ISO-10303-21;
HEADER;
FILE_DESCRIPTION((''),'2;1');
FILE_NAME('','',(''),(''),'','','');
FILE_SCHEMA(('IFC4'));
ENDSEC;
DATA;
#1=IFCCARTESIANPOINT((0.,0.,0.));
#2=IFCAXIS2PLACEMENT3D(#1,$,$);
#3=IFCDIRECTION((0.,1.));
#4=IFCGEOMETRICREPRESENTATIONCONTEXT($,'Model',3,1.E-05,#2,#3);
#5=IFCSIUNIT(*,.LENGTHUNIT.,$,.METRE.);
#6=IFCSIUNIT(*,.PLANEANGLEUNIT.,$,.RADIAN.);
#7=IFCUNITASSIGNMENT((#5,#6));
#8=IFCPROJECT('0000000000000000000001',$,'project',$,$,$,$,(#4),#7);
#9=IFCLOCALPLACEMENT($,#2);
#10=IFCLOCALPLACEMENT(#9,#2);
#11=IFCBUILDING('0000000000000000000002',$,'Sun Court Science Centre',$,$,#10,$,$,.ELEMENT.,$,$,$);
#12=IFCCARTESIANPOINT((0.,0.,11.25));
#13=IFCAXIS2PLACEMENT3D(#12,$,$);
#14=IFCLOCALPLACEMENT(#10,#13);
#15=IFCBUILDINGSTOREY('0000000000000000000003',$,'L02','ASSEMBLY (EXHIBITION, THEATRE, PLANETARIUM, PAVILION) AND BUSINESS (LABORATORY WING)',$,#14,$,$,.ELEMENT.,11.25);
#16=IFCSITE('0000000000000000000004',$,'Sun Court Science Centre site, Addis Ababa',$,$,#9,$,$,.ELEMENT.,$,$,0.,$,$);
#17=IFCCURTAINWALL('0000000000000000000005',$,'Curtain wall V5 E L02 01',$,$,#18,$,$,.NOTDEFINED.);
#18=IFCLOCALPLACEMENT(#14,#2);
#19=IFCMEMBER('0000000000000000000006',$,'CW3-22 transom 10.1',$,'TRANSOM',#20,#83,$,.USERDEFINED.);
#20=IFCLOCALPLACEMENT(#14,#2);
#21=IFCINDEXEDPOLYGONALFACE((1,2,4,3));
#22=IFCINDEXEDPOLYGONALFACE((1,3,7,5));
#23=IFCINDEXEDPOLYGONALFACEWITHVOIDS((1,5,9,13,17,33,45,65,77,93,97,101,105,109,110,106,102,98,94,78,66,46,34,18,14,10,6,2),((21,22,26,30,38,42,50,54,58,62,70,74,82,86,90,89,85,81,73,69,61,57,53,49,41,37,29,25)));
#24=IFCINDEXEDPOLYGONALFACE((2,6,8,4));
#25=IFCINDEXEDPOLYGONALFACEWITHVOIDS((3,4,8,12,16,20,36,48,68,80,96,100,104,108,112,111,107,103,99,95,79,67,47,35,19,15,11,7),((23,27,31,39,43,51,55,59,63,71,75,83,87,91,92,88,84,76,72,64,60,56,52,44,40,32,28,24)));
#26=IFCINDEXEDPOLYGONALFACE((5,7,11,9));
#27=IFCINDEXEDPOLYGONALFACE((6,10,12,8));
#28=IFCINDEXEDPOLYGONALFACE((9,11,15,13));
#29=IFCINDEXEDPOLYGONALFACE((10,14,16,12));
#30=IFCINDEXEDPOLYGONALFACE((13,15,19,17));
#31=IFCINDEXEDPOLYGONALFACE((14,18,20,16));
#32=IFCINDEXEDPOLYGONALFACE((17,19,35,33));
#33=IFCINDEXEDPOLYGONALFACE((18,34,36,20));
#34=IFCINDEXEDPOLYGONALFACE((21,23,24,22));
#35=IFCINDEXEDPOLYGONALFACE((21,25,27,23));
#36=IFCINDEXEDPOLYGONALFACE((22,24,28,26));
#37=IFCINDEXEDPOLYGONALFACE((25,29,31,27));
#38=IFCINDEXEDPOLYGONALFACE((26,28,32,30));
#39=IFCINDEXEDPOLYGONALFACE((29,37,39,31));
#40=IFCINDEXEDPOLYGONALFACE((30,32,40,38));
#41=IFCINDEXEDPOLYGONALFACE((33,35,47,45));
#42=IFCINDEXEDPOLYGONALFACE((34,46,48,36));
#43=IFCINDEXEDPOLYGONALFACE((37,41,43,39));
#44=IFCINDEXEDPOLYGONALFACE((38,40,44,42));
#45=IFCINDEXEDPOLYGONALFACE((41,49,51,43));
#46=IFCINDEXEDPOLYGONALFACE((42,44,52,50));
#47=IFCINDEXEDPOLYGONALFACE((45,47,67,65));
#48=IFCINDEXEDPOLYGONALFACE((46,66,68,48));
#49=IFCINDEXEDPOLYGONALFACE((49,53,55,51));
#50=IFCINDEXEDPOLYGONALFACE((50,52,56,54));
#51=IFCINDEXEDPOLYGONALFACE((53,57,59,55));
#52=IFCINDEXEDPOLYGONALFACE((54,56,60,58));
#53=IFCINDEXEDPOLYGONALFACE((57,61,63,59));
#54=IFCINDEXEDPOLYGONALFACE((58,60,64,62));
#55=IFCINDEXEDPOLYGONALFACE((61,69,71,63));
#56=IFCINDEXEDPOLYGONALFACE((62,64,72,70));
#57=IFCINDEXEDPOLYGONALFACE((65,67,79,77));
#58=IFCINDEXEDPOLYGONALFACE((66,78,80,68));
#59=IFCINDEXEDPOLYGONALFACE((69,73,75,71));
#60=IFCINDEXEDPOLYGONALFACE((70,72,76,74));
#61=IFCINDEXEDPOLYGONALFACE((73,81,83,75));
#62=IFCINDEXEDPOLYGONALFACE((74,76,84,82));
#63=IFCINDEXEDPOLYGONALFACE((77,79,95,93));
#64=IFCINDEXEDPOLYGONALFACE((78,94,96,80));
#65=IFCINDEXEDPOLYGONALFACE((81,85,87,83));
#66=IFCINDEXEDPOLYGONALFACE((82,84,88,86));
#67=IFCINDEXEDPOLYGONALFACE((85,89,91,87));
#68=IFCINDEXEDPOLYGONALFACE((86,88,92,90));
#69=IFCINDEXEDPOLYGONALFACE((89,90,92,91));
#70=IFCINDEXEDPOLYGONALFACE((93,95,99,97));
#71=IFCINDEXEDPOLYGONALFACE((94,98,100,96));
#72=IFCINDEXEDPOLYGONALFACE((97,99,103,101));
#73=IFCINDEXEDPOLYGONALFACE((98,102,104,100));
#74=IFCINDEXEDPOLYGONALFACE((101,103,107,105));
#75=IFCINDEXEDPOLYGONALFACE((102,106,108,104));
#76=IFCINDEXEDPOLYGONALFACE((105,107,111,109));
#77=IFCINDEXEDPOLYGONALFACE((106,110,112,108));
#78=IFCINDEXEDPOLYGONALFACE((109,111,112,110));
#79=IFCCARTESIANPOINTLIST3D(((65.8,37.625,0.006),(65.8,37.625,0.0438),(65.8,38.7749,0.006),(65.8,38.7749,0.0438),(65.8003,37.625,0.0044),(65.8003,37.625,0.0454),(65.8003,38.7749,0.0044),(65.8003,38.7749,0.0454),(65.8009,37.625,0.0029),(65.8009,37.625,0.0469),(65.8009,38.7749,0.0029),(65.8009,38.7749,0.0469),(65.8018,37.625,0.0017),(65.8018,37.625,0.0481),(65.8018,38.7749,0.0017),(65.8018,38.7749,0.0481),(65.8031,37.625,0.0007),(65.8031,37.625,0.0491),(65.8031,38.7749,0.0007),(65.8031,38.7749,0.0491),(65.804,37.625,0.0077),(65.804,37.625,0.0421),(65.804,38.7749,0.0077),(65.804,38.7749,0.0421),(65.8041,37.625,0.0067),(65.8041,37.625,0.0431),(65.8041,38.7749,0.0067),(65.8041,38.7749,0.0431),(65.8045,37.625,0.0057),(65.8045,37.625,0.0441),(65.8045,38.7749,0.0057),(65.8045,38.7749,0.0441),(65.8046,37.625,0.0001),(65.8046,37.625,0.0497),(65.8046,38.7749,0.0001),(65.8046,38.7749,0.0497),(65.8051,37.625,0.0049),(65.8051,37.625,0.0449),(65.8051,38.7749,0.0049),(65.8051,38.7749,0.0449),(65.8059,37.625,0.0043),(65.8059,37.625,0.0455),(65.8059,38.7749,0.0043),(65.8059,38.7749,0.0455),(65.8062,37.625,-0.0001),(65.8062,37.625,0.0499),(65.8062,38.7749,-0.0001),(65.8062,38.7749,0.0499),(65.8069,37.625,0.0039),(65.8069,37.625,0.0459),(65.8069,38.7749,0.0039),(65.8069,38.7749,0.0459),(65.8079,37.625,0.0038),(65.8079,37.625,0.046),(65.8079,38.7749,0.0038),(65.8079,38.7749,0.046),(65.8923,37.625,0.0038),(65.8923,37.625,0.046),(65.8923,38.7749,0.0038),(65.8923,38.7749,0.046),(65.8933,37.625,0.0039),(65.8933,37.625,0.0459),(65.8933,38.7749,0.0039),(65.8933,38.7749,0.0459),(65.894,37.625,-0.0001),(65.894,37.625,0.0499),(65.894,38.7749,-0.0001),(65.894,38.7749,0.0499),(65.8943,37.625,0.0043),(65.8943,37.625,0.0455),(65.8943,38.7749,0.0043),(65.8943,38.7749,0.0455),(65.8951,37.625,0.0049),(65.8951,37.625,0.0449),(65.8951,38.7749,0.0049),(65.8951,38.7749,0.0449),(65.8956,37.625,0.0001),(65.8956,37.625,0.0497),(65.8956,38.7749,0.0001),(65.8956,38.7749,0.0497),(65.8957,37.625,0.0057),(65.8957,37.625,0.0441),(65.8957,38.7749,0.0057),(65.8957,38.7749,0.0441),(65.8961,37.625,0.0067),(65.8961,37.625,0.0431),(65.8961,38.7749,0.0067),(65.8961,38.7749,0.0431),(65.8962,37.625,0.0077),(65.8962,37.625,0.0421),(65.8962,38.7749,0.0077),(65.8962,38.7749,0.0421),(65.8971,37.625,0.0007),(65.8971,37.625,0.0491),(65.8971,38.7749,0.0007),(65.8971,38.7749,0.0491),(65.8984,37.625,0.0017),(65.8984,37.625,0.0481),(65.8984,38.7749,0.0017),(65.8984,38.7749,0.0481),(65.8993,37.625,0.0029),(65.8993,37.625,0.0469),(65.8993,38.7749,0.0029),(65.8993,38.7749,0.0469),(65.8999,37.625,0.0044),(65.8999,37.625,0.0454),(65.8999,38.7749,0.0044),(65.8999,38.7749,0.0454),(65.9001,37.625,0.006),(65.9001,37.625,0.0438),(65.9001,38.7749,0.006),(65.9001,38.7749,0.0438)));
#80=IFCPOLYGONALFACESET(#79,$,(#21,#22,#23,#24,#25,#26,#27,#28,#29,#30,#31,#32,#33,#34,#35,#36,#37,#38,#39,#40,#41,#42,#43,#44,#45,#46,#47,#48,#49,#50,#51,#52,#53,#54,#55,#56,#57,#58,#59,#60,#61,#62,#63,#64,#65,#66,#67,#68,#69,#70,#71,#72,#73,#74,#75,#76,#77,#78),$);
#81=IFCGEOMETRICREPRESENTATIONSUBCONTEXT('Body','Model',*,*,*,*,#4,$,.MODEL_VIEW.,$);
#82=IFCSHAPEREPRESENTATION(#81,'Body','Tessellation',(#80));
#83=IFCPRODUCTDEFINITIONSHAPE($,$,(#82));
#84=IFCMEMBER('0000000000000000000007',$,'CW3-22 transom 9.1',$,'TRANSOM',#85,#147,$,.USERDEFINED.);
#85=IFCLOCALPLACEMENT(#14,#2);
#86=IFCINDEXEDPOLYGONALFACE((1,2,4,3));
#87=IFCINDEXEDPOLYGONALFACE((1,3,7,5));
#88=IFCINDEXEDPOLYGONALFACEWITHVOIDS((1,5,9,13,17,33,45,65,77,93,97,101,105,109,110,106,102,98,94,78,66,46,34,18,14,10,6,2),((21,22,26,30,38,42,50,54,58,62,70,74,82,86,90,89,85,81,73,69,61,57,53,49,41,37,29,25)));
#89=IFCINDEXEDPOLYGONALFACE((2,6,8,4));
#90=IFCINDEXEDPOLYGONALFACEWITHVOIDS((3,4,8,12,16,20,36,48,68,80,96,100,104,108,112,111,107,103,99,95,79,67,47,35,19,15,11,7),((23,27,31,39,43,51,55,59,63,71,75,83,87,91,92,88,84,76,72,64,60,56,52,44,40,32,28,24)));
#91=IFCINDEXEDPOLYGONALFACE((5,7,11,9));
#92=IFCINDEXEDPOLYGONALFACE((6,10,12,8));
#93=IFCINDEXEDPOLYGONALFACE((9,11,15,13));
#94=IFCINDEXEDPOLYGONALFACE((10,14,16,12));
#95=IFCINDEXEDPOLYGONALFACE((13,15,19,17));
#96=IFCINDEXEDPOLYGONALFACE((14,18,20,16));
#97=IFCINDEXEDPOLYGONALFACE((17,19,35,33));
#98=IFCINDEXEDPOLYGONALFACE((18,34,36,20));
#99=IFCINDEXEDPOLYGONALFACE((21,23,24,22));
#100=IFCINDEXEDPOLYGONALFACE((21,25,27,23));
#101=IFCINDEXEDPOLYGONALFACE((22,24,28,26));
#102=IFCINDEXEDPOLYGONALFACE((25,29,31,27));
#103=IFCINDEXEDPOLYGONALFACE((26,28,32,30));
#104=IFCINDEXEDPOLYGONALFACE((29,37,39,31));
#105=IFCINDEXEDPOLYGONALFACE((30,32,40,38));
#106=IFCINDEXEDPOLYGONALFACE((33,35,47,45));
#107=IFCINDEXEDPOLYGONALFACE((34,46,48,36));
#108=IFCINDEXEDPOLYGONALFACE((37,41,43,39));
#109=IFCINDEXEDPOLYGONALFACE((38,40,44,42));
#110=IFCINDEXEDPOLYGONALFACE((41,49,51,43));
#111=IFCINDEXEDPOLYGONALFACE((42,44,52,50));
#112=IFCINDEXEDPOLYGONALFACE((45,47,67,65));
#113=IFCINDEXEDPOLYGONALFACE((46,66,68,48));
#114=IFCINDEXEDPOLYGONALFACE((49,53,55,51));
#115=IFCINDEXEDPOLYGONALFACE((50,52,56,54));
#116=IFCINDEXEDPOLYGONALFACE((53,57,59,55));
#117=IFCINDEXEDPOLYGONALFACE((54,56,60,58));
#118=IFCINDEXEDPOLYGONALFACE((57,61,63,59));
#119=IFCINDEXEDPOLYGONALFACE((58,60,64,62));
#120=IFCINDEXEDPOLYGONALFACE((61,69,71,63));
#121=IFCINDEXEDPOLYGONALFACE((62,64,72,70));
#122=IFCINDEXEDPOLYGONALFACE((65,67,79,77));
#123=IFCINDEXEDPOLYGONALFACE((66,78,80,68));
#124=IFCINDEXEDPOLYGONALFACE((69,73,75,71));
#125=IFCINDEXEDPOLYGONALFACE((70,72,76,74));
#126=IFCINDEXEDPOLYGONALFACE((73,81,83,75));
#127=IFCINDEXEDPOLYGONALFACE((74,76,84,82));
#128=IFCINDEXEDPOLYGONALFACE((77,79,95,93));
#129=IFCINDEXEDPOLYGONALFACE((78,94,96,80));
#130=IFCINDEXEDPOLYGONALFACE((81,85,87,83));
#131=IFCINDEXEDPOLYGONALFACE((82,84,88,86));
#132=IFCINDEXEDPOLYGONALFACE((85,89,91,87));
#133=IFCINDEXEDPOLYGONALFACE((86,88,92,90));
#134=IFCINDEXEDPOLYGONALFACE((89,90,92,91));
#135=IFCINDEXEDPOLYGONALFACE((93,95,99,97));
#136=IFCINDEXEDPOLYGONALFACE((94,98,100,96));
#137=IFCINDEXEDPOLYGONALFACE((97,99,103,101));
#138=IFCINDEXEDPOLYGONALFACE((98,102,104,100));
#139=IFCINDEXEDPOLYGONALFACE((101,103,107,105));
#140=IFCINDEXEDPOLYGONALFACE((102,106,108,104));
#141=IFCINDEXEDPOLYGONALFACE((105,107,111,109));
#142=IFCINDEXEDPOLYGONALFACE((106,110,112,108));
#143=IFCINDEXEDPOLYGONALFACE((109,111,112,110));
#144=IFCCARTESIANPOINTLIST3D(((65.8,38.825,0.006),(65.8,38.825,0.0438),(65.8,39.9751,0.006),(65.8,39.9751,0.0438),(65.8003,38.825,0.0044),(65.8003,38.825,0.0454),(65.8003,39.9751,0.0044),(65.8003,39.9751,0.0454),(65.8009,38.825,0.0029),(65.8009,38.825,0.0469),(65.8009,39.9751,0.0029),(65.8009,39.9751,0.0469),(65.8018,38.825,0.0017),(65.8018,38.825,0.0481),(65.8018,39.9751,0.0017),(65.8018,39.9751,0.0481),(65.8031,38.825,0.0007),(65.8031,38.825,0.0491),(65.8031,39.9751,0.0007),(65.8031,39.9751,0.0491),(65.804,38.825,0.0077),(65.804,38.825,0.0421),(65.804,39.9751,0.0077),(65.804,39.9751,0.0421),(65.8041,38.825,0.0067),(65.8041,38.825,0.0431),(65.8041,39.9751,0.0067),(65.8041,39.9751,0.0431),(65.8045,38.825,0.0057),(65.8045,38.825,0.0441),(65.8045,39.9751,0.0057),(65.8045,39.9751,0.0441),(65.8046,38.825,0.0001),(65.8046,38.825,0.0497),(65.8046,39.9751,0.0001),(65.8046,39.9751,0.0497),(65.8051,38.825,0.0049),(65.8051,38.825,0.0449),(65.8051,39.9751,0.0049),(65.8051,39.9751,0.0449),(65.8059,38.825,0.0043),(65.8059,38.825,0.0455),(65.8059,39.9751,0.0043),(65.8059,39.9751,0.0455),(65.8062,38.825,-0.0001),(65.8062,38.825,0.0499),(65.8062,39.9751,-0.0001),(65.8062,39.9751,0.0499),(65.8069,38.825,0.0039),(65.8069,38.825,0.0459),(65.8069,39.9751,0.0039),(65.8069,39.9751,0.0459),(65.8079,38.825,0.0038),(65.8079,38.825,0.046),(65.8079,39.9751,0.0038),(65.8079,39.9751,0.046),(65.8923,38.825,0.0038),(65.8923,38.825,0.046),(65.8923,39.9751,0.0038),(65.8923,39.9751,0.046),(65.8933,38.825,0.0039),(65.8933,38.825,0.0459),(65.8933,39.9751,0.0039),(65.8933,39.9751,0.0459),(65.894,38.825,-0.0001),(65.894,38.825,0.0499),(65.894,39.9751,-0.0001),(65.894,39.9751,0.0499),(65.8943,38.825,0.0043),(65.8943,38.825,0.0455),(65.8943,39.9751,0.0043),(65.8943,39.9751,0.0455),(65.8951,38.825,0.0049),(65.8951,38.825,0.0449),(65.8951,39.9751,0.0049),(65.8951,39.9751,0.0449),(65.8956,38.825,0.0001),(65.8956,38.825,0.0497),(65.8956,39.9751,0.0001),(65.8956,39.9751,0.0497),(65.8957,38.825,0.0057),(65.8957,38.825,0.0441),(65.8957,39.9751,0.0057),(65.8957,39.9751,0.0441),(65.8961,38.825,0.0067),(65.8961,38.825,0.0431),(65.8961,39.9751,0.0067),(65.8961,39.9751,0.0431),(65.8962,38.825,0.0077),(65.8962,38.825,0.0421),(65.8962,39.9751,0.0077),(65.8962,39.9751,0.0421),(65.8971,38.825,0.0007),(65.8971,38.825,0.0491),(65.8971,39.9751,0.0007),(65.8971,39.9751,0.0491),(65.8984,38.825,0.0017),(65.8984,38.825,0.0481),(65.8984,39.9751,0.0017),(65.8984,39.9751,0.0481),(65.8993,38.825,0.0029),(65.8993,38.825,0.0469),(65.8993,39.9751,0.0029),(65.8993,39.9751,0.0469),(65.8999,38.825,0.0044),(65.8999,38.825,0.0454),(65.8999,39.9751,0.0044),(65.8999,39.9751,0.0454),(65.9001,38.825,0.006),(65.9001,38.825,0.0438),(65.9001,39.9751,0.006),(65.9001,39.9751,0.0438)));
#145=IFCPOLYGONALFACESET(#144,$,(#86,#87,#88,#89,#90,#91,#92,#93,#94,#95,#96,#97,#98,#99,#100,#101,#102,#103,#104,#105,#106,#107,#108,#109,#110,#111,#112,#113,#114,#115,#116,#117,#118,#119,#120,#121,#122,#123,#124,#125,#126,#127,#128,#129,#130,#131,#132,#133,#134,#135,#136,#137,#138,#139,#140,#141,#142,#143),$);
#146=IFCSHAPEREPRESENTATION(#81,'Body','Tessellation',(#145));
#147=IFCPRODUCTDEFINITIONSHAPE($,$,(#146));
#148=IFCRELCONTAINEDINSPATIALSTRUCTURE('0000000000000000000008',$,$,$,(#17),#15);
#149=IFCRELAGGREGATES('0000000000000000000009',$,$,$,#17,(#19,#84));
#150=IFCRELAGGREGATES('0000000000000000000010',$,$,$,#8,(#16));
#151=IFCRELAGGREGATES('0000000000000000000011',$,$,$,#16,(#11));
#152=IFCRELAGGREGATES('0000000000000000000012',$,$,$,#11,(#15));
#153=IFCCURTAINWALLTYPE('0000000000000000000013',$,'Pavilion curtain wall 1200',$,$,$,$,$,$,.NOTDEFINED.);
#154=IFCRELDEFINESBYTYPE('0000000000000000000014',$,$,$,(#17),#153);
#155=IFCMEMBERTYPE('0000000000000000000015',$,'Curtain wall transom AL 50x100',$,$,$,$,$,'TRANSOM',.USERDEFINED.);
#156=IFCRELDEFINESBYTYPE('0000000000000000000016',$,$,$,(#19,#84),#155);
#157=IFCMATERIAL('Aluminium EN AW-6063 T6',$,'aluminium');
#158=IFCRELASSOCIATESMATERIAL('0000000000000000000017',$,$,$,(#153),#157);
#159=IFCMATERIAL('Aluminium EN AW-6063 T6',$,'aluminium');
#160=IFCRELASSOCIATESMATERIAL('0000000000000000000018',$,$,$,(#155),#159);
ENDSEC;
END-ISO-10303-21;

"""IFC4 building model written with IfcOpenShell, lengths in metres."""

from ifc_helpers import new_model, si_unit, direction, frame, origin, origin_2d, place, context, subcontext, project, spatial, hollow_rectangle, extrude, material, material_profile, profile_set, type_object, element, aggregate, save


model = new_model("IFC4")

# Units and contexts
model_context = context("Model", 3, precision=1e-05, world=origin(), true_north=direction((0.0, 1.0)))
body_context = subcontext(model_context, "Body", "Model", "MODEL_VIEW")
ifc_project = project(units=[si_unit("LENGTHUNIT", "METRE"), si_unit("PLANEANGLEUNIT", "RADIAN")], contexts=[model_context])

# Site, building, storey
site_placement = place(None, origin())
site = spatial("IfcSite", under=ifc_project, at=site_placement, Name="Sun Court Science Centre site, Addis Ababa", CompositionType="ELEMENT", RefElevation=0.0)
building_placement = place(site_placement, origin())
building = spatial("IfcBuilding", under=site, at=building_placement, Name="Sun Court Science Centre", CompositionType="ELEMENT")
storey_placement = place(building_placement, frame((0.0, 0.0, 11.25)))
storey = spatial("IfcBuildingStorey", under=building, at=storey_placement, Name="L02", Description="ASSEMBLY (EXHIBITION, THEATRE, PLANETARIUM, PAVILION) AND BUSINESS (LABORATORY WING)", CompositionType="ELEMENT", Elevation=11.25)

# Curtain wall, members
ifc_material_1 = material(Name="Aluminium EN AW-6063 T6", Category="aluminium")
curtain_wall_type = type_object("IfcCurtainWallType", Name="Pavilion curtain wall 1200", PredefinedType="NOTDEFINED", material=ifc_material_1)
curtain_wall_placement = place(storey_placement, origin())
curtain_wall = element("IfcCurtainWall", 1, at=curtain_wall_placement, inside=storey, type_object=curtain_wall_type, Name="Curtain wall V5 E L02 01", PredefinedType="NOTDEFINED")
ifc_material_2 = material(Name="Aluminium EN AW-6063 T6", Category="aluminium")
ifc_material_profile_1 = material_profile(ifc_material_2, hollow_rectangle(XDim=0.05, YDim=0.1001, WallThickness=0.0039, InnerFilletRadius=0.0039, OuterFilletRadius=0.0061, at=origin_2d()), Name="AL 50x100x4")
ifc_profile_set_1 = profile_set([ifc_material_profile_1], Name="Aluminium EN AW-6063 T6")
member_type_1 = type_object("IfcMemberType", Name="Curtain wall transom AL 50x100", ElementType="TRANSOM", PredefinedType="USERDEFINED", material=ifc_profile_set_1)
member_1_placement = place(storey_placement, frame((65.8501, 38.7749, 0.0249), z_axis=(0.0, -1.0, 0.0), x_axis=(0.0, 0.0, 1.0)))
member_1 = element("IfcMember", 2, at=member_1_placement, type_object=member_type_1, Name="CW3-22 transom 10.1", ObjectType="TRANSOM", PredefinedType="USERDEFINED", context=body_context, shape_type="SweptSolid", body=[
    extrude(hollow_rectangle(XDim=0.05, YDim=0.1001, WallThickness=0.0039, InnerFilletRadius=0.0039, OuterFilletRadius=0.0061, at=origin_2d()), origin(), (0.0, 0.0, 1.0), 1.1499),
])
member_2_placement = place(storey_placement, frame((65.8501, 39.9751, 0.0249), z_axis=(0.0, -1.0, 0.0), x_axis=(0.0, 0.0, 1.0)))
member_2 = element("IfcMember", 3, at=member_2_placement, type_object=member_type_1, Name="CW3-22 transom 9.1", ObjectType="TRANSOM", PredefinedType="USERDEFINED", context=body_context, shape_type="SweptSolid", body=[
    extrude(hollow_rectangle(XDim=0.05, YDim=0.1001, WallThickness=0.0039, InnerFilletRadius=0.0039, OuterFilletRadius=0.0061, at=origin_2d()), origin(), (0.0, 0.0, 1.0), 1.1501),
])

aggregate(curtain_wall, [member_1, member_2])

save(model, "model.ifc")
